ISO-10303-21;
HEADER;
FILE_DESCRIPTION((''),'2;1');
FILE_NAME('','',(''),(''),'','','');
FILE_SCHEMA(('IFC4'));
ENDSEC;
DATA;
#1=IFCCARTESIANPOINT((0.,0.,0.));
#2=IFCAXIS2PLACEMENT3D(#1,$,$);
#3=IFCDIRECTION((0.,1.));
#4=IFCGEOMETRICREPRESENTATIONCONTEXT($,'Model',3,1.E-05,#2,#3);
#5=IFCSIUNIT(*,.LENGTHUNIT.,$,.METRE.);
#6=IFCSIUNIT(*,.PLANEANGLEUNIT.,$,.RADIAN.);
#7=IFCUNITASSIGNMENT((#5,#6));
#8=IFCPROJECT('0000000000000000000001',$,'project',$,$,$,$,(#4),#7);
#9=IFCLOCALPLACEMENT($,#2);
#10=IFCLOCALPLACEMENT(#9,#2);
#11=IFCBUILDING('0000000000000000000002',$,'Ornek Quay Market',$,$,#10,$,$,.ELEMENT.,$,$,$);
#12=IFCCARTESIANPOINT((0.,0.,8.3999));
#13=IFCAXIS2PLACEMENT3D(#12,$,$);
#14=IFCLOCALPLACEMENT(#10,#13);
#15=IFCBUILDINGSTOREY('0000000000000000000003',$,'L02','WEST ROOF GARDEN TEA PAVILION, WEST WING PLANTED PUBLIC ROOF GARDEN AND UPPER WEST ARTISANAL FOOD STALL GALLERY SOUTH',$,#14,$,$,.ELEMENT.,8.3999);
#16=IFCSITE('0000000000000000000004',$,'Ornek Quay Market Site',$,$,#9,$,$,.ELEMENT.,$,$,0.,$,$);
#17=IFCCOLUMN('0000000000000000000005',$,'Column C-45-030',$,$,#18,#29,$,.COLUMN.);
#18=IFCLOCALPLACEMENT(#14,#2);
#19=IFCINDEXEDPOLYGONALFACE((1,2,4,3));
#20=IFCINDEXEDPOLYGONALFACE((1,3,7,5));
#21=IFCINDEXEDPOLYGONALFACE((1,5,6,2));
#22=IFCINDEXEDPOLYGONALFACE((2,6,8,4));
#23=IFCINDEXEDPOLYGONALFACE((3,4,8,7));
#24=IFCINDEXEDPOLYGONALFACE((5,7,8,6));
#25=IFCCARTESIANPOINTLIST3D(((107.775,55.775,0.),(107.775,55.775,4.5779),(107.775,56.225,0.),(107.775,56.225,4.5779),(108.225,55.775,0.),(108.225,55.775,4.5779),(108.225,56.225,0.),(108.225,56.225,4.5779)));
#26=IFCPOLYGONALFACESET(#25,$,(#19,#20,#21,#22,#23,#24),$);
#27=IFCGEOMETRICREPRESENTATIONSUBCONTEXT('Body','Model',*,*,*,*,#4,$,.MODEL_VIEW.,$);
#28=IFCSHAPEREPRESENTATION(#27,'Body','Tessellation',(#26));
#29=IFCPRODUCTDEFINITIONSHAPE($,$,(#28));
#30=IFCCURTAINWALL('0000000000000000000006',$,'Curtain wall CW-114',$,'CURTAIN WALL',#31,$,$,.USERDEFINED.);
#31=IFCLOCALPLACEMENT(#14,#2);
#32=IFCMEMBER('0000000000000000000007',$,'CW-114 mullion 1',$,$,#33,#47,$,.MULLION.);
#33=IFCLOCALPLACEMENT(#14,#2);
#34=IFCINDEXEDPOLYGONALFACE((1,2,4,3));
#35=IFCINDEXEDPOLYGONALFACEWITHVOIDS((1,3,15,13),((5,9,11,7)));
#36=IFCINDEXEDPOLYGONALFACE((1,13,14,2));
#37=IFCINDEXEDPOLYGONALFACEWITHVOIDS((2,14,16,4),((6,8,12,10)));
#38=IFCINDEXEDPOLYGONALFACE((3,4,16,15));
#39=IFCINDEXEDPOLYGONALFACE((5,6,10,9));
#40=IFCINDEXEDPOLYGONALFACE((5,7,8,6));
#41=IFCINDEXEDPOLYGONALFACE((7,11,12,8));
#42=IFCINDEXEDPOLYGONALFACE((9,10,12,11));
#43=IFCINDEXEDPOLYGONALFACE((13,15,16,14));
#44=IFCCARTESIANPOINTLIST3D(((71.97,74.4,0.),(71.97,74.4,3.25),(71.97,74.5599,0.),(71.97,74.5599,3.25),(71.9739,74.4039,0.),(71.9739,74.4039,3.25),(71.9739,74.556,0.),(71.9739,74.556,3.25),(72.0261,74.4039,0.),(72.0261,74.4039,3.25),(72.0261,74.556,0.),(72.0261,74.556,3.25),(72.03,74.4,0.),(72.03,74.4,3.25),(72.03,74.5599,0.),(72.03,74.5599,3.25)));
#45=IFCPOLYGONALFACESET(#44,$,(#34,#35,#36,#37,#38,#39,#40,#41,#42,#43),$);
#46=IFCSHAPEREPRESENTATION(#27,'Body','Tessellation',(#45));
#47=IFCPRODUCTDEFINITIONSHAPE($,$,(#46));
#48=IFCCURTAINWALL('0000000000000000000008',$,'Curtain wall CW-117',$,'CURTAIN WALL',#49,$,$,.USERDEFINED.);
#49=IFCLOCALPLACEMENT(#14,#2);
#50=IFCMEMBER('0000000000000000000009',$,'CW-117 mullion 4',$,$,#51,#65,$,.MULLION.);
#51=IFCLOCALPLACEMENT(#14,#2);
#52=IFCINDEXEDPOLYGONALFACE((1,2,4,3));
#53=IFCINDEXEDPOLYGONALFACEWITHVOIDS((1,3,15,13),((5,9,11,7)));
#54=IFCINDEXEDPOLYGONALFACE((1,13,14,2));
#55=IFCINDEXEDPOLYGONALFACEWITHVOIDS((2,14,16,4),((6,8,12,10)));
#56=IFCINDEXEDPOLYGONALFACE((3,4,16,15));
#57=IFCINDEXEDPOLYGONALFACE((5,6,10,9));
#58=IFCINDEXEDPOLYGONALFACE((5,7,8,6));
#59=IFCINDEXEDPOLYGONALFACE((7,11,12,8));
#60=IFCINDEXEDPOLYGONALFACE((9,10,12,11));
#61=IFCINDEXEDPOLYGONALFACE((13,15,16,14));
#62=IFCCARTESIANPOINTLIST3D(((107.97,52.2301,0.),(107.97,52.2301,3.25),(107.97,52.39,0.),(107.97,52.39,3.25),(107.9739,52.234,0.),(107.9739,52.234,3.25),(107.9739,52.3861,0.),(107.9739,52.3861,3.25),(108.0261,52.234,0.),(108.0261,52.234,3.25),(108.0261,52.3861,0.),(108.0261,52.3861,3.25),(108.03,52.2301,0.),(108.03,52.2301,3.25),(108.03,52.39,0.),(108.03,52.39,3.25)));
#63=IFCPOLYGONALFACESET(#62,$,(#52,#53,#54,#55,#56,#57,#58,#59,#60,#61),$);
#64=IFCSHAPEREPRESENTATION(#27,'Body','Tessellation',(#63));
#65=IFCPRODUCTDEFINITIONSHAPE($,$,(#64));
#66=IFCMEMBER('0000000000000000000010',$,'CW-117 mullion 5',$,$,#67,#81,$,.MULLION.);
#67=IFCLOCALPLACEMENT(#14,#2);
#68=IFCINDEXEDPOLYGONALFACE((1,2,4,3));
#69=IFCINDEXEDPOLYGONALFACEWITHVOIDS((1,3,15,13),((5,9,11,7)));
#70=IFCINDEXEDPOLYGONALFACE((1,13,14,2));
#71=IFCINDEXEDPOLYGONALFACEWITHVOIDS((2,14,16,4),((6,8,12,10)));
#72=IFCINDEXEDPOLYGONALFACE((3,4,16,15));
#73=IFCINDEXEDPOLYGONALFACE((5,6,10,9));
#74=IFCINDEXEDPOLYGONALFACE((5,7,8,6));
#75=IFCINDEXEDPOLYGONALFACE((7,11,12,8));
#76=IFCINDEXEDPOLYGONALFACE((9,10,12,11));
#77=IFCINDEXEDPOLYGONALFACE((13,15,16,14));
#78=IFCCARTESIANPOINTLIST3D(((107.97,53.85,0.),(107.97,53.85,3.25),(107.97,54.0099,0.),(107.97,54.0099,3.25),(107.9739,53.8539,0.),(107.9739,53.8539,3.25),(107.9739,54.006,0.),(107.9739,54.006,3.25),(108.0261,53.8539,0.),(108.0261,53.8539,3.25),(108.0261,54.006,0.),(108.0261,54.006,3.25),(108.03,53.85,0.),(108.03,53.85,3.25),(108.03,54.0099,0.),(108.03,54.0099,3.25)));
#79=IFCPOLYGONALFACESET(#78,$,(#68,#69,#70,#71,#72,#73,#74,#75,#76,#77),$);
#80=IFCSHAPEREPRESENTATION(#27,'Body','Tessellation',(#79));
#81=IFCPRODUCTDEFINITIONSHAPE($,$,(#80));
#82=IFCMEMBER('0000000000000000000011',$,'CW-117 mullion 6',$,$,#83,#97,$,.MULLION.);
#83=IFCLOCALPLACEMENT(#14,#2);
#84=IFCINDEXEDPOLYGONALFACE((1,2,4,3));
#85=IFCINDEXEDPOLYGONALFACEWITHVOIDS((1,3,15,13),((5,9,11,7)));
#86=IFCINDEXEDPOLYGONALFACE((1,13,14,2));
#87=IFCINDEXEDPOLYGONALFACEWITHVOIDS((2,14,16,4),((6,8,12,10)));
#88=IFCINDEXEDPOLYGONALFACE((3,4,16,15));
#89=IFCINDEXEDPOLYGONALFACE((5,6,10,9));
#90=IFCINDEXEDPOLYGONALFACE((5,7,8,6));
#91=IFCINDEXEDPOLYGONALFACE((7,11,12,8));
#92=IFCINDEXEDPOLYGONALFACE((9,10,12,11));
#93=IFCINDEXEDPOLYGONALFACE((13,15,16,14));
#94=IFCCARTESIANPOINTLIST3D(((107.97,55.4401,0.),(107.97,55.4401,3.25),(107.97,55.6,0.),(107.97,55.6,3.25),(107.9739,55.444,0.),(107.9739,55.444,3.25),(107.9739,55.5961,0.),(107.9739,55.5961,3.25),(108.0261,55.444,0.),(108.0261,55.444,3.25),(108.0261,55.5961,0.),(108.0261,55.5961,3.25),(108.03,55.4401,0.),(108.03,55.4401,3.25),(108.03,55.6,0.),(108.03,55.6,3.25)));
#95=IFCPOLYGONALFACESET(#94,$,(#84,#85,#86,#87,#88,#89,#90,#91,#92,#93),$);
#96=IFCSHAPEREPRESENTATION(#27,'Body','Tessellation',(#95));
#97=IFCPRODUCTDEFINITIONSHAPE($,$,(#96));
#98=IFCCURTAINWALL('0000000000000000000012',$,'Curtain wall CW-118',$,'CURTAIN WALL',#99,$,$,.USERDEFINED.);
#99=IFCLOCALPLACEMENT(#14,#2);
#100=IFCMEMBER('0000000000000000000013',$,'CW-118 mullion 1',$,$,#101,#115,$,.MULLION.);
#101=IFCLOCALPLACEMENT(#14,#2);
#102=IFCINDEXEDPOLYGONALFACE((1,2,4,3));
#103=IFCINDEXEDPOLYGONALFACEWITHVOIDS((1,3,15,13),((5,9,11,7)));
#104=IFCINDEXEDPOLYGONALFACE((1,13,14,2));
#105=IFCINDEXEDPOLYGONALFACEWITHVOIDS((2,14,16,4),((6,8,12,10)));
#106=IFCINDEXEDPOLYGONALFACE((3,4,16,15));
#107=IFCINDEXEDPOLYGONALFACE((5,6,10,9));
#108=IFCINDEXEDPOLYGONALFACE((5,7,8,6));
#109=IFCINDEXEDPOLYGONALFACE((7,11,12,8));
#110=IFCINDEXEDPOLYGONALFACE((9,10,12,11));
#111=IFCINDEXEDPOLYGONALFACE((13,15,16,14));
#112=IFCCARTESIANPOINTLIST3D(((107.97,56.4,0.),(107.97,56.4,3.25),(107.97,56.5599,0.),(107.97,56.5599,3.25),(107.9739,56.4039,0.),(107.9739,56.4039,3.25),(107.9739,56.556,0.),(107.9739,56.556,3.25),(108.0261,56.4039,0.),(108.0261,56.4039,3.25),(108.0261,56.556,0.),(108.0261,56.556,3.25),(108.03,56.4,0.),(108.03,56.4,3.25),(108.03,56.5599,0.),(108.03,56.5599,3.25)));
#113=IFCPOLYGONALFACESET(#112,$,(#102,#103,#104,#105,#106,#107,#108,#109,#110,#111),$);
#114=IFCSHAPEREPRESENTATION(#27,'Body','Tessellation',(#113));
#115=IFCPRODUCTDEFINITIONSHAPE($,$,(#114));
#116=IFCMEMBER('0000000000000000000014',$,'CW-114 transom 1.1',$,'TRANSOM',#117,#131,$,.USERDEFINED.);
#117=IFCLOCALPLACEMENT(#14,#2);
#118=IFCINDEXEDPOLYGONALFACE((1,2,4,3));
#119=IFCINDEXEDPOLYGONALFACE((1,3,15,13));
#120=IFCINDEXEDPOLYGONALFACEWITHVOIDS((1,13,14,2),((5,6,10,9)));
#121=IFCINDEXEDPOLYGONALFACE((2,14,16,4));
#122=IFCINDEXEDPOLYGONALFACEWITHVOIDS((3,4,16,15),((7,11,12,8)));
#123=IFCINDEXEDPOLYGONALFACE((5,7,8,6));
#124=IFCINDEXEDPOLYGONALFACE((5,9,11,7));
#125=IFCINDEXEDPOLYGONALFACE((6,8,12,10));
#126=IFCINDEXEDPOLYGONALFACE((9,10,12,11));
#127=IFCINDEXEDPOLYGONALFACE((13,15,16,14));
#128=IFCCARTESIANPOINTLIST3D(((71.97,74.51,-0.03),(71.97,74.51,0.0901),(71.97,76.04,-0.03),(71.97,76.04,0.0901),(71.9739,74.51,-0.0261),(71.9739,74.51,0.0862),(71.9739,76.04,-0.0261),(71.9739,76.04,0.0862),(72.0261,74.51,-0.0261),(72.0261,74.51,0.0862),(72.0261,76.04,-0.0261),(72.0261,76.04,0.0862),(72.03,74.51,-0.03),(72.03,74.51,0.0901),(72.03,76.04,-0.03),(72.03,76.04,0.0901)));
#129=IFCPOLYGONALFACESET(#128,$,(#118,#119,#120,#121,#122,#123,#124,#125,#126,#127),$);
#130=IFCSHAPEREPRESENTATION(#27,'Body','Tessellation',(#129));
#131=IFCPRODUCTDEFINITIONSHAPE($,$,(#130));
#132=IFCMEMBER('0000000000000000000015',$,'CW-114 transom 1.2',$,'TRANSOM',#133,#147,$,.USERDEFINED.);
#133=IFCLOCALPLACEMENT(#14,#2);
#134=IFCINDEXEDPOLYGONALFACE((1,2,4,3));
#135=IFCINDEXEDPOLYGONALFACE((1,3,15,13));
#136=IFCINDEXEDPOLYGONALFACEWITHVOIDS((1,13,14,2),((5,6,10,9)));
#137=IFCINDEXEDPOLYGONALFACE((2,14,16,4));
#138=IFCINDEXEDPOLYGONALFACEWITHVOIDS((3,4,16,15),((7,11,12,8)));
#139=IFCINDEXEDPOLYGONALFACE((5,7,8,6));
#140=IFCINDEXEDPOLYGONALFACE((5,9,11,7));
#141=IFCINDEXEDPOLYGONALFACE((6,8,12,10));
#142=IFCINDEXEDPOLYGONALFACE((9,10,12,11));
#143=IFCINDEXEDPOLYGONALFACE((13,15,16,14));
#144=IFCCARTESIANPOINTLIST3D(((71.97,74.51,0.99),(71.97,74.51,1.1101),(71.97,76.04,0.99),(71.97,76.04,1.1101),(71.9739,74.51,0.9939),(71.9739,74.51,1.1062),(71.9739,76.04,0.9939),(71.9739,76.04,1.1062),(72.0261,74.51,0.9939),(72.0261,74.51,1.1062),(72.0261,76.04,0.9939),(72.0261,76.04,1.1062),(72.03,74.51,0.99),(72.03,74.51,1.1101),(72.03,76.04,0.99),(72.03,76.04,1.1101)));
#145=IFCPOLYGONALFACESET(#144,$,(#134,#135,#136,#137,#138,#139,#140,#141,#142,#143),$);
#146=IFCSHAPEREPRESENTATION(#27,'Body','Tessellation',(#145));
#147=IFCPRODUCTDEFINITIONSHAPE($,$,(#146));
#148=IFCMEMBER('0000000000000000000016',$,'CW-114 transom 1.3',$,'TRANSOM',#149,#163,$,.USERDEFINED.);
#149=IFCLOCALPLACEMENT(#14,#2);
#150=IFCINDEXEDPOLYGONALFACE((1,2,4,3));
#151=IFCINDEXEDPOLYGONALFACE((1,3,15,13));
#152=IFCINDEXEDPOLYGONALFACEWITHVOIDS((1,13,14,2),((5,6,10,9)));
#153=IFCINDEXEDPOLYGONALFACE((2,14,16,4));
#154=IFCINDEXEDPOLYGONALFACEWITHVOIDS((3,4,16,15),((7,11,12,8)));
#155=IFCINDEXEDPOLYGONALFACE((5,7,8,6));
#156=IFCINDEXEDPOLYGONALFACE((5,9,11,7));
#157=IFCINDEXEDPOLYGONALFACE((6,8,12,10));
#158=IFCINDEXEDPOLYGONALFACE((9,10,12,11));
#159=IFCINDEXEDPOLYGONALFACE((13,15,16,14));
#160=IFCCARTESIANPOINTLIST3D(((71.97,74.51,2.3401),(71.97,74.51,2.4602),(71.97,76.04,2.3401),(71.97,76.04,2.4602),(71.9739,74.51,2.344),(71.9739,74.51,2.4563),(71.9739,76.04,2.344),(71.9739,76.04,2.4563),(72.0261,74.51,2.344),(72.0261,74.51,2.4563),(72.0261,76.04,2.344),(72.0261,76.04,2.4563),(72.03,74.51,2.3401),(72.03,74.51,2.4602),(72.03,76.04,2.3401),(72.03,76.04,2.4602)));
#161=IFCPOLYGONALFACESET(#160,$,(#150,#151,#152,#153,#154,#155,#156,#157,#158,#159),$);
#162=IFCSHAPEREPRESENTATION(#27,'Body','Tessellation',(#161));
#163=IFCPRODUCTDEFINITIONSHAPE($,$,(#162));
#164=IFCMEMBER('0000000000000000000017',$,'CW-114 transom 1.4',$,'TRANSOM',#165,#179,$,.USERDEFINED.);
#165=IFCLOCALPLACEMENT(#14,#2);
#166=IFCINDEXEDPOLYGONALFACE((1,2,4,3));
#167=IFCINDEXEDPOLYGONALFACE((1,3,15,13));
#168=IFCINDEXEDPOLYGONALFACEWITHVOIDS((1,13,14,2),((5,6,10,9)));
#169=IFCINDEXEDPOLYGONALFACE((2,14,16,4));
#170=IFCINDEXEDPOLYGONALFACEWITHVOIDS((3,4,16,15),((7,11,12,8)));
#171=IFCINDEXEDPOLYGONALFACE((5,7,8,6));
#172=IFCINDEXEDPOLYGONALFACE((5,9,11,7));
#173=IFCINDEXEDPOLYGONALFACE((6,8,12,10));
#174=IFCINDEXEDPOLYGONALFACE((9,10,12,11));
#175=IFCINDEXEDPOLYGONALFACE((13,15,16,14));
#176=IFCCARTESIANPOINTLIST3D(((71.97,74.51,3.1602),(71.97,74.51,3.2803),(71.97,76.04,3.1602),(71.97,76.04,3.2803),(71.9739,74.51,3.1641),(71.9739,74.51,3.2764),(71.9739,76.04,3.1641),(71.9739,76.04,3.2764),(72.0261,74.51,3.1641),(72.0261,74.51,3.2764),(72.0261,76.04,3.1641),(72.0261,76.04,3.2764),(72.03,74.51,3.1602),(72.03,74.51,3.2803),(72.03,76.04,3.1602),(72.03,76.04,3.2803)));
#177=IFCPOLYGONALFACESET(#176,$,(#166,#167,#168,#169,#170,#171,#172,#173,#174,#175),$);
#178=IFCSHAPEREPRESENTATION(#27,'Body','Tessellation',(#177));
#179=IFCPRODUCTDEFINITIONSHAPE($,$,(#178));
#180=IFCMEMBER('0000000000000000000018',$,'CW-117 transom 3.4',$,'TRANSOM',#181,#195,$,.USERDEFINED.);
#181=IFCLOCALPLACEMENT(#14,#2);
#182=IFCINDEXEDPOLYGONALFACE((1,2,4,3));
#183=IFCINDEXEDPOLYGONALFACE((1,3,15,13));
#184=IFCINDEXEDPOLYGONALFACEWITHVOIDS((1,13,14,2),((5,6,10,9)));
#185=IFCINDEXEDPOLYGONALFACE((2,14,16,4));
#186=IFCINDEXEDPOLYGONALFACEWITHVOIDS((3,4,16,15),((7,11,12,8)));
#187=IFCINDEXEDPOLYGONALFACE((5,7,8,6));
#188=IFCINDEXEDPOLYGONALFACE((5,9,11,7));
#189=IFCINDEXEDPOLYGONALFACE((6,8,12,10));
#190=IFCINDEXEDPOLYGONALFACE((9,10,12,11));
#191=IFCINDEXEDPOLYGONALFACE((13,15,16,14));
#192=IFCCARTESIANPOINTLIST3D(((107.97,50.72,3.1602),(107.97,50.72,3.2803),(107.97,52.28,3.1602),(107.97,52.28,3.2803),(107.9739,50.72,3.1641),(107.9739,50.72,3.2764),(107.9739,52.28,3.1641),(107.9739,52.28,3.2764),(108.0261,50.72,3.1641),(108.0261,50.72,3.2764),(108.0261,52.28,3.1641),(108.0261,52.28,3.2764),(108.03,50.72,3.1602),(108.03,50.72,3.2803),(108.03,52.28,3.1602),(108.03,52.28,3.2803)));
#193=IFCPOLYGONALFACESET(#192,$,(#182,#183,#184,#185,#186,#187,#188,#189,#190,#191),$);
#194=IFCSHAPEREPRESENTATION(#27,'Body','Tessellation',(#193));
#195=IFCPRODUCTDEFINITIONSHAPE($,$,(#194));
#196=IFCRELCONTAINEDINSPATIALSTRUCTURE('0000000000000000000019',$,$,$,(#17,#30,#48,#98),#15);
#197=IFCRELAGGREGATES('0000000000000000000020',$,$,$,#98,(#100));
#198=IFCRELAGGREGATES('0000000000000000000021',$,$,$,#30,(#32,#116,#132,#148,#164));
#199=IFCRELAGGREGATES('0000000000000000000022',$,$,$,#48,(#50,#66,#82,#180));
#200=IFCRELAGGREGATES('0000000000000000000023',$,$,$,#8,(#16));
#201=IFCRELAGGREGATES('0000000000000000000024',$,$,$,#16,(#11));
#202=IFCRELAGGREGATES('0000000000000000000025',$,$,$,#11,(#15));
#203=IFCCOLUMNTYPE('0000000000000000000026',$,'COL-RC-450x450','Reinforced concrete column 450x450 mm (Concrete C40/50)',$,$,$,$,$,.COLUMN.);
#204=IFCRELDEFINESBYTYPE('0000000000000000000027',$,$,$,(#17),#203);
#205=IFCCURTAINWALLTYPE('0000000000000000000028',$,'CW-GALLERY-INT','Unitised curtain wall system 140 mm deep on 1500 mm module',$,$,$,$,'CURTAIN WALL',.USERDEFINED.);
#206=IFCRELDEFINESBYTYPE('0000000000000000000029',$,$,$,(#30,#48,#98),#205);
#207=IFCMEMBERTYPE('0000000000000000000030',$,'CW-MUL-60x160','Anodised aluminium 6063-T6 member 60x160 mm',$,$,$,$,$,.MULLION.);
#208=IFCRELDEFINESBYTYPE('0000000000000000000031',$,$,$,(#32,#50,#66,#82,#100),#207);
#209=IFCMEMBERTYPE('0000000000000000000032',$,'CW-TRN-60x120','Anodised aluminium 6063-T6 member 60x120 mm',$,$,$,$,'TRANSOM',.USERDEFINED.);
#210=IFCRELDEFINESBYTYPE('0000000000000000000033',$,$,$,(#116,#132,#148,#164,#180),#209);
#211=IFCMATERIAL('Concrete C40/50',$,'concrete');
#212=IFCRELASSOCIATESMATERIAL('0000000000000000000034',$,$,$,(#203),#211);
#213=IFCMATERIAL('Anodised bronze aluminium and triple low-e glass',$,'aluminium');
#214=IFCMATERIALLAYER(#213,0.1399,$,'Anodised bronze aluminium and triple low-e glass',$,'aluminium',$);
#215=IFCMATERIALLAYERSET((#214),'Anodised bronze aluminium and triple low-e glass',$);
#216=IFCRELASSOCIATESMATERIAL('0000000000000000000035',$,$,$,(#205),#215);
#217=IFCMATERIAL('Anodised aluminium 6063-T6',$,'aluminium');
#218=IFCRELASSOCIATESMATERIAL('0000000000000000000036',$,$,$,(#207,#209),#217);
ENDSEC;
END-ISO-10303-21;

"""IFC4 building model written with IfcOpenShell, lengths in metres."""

from ifc_helpers import new_model, si_unit, direction, frame, origin, origin_2d, place, context, subcontext, project, spatial, rectangle, hollow_rectangle, extrude, material, layer, layer_set, material_profile, profile_set, type_object, element, aggregate, save


model = new_model("IFC4")

# Units and contexts
model_context = context("Model", 3, precision=1e-05, world=origin(), true_north=direction((0.0, 1.0)))
body_context = subcontext(model_context, "Body", "Model", "MODEL_VIEW")
ifc_project = project(units=[si_unit("LENGTHUNIT", "METRE"), si_unit("PLANEANGLEUNIT", "RADIAN")], contexts=[model_context])

# Site, building, storey
site_placement = place(None, origin())
site = spatial("IfcSite", under=ifc_project, at=site_placement, Name="Ornek Quay Market Site", CompositionType="ELEMENT", RefElevation=0.0)
building_placement = place(site_placement, origin())
building = spatial("IfcBuilding", under=site, at=building_placement, Name="Ornek Quay Market", CompositionType="ELEMENT")
storey_placement = place(building_placement, frame((0.0, 0.0, 8.3999)))
storey = spatial("IfcBuildingStorey", under=building, at=storey_placement, Name="L02", Description="WEST ROOF GARDEN TEA PAVILION, WEST WING PLANTED PUBLIC ROOF GARDEN AND UPPER WEST ARTISANAL FOOD STALL GALLERY SOUTH", CompositionType="ELEMENT", Elevation=8.3999)

# Column
ifc_material_1 = material(Name="Concrete C40/50", Category="concrete")
ifc_material_profile_1 = material_profile(ifc_material_1, rectangle(XDim=0.45, YDim=0.45, at=origin_2d()), Name="RC 450x450", Category="concrete")
ifc_profile_set_1 = profile_set([ifc_material_profile_1], Name="Concrete C40/50")
column_type = type_object("IfcColumnType", Name="COL-RC-450x450", Description="Reinforced concrete column 450x450 mm (Concrete C40/50)", PredefinedType="COLUMN", material=ifc_profile_set_1)
column_placement = place(storey_placement, frame((108.0, 56.0, 0.0), z_axis=(0.0, 0.0, 1.0), x_axis=(1.0, 0.0, 0.0)))
element("IfcColumn", 1, at=column_placement, inside=storey, type_object=column_type, Name="Column C-45-030", PredefinedType="COLUMN", context=body_context, shape_type="SweptSolid", body=[
    extrude(rectangle(XDim=0.45, YDim=0.45, at=origin_2d()), origin(), (0.0, 0.0, 1.0), 4.5779),
])

# Curtain wall, member
ifc_material_2 = material(Name="Anodised bronze aluminium and triple low-e glass", Category="aluminium")
ifc_layer_1 = layer(ifc_material_2, 0.1399, Name="Anodised bronze aluminium and triple low-e glass", Category="aluminium")
ifc_layer_set_1 = layer_set([ifc_layer_1], Name="Anodised bronze aluminium and triple low-e glass")
curtain_wall_type = type_object("IfcCurtainWallType", Name="CW-GALLERY-INT", Description="Unitised curtain wall system 140 mm deep on 1500 mm module", ElementType="CURTAIN WALL", PredefinedType="USERDEFINED", material=ifc_layer_set_1)
curtain_wall_1_placement = place(storey_placement, origin())
curtain_wall_1 = element("IfcCurtainWall", 2, at=curtain_wall_1_placement, inside=storey, type_object=curtain_wall_type, Name="Curtain wall CW-114", ObjectType="CURTAIN WALL", PredefinedType="USERDEFINED")
ifc_material_3 = material(Name="Anodised aluminium 6063-T6", Category="aluminium")
ifc_material_profile_2 = material_profile(ifc_material_3, hollow_rectangle(XDim=0.0601, YDim=0.1599, WallThickness=0.0039, at=origin_2d()), Name="CW-MUL-60x160", Category="aluminium")
ifc_profile_set_2 = profile_set([ifc_material_profile_2], Name="Anodised aluminium 6063-T6")
member_type_1 = type_object("IfcMemberType", Name="CW-MUL-60x160", Description="Anodised aluminium 6063-T6 member 60x160 mm", PredefinedType="MULLION", material=ifc_profile_set_2)
member_1_placement = place(storey_placement, frame((72.0, 74.48, 0.0), z_axis=(0.0, 0.0, 1.0), x_axis=(-1.0, 0.0, 0.0)))
member_1 = element("IfcMember", 3, at=member_1_placement, type_object=member_type_1, Name="CW-114 mullion 1", PredefinedType="MULLION", context=body_context, shape_type="SweptSolid", body=[
    extrude(hollow_rectangle(XDim=0.0601, YDim=0.1599, WallThickness=0.0039, at=origin_2d()), origin(), (0.0, 0.0, 1.0), 3.25),
])

# Curtain wall, members
curtain_wall_2_placement = place(storey_placement, origin())
curtain_wall_2 = element("IfcCurtainWall", 4, at=curtain_wall_2_placement, inside=storey, type_object=curtain_wall_type, Name="Curtain wall CW-117", ObjectType="CURTAIN WALL", PredefinedType="USERDEFINED")
member_2_placement = place(storey_placement, frame((108.0, 52.3101, 0.0), z_axis=(0.0, 0.0, 1.0), x_axis=(-1.0, 0.0, 0.0)))
member_2 = element("IfcMember", 5, at=member_2_placement, type_object=member_type_1, Name="CW-117 mullion 4", PredefinedType="MULLION", context=body_context, shape_type="SweptSolid", body=[
    extrude(hollow_rectangle(XDim=0.0601, YDim=0.1599, WallThickness=0.0039, at=origin_2d()), origin(), (0.0, 0.0, 1.0), 3.25),
])
member_3_placement = place(storey_placement, frame((108.0, 53.9299, 0.0), z_axis=(0.0, 0.0, 1.0), x_axis=(-1.0, 0.0, 0.0)))
member_3 = element("IfcMember", 6, at=member_3_placement, type_object=member_type_1, Name="CW-117 mullion 5", PredefinedType="MULLION", context=body_context, shape_type="SweptSolid", body=[
    extrude(hollow_rectangle(XDim=0.0601, YDim=0.1599, WallThickness=0.0039, at=origin_2d()), origin(), (0.0, 0.0, 1.0), 3.25),
])
member_4_placement = place(storey_placement, frame((108.0, 55.52, 0.0), z_axis=(0.0, 0.0, 1.0), x_axis=(-1.0, 0.0, 0.0)))
member_4 = element("IfcMember", 7, at=member_4_placement, type_object=member_type_1, Name="CW-117 mullion 6", PredefinedType="MULLION", context=body_context, shape_type="SweptSolid", body=[
    extrude(hollow_rectangle(XDim=0.0601, YDim=0.1599, WallThickness=0.0039, at=origin_2d()), origin(), (0.0, 0.0, 1.0), 3.25),
])

# Curtain wall, member
curtain_wall_3_placement = place(storey_placement, origin())
curtain_wall_3 = element("IfcCurtainWall", 8, at=curtain_wall_3_placement, inside=storey, type_object=curtain_wall_type, Name="Curtain wall CW-118", ObjectType="CURTAIN WALL", PredefinedType="USERDEFINED")
member_5_placement = place(storey_placement, frame((108.0, 56.48, 0.0), z_axis=(0.0, 0.0, 1.0), x_axis=(-1.0, 0.0, 0.0)))
member_5 = element("IfcMember", 9, at=member_5_placement, type_object=member_type_1, Name="CW-118 mullion 1", PredefinedType="MULLION", context=body_context, shape_type="SweptSolid", body=[
    extrude(hollow_rectangle(XDim=0.0601, YDim=0.1599, WallThickness=0.0039, at=origin_2d()), origin(), (0.0, 0.0, 1.0), 3.25),
])

# Members
ifc_material_profile_3 = material_profile(ifc_material_3, hollow_rectangle(XDim=0.0601, YDim=0.1201, WallThickness=0.0039, at=origin_2d()), Name="CW-TRN-60x120", Category="aluminium")
ifc_profile_set_3 = profile_set([ifc_material_profile_3], Name="Anodised aluminium 6063-T6")
member_type_2 = type_object("IfcMemberType", Name="CW-TRN-60x120", Description="Anodised aluminium 6063-T6 member 60x120 mm", ElementType="TRANSOM", PredefinedType="USERDEFINED", material=ifc_profile_set_3)
member_6_placement = place(storey_placement, frame((72.0, 74.51, 0.03), z_axis=(0.0, 1.0, 0.0), x_axis=(-1.0, 0.0, 0.0)))
member_6 = element("IfcMember", 10, at=member_6_placement, type_object=member_type_2, Name="CW-114 transom 1.1", ObjectType="TRANSOM", PredefinedType="USERDEFINED", context=body_context, shape_type="SweptSolid", body=[
    extrude(hollow_rectangle(XDim=0.0601, YDim=0.1201, WallThickness=0.0039, at=origin_2d()), origin(), (0.0, 0.0, 1.0), 1.53),
])
member_7_placement = place(storey_placement, frame((72.0, 74.51, 1.05), z_axis=(0.0, 1.0, 0.0), x_axis=(-1.0, 0.0, 0.0)))
member_7 = element("IfcMember", 11, at=member_7_placement, type_object=member_type_2, Name="CW-114 transom 1.2", ObjectType="TRANSOM", PredefinedType="USERDEFINED", context=body_context, shape_type="SweptSolid", body=[
    extrude(hollow_rectangle(XDim=0.0601, YDim=0.1201, WallThickness=0.0039, at=origin_2d()), origin(), (0.0, 0.0, 1.0), 1.53),
])
member_8_placement = place(storey_placement, frame((72.0, 74.51, 2.4001), z_axis=(0.0, 1.0, 0.0), x_axis=(-1.0, 0.0, 0.0)))
member_8 = element("IfcMember", 12, at=member_8_placement, type_object=member_type_2, Name="CW-114 transom 1.3", ObjectType="TRANSOM", PredefinedType="USERDEFINED", context=body_context, shape_type="SweptSolid", body=[
    extrude(hollow_rectangle(XDim=0.0601, YDim=0.1201, WallThickness=0.0039, at=origin_2d()), origin(), (0.0, 0.0, 1.0), 1.53),
])
member_9_placement = place(storey_placement, frame((72.0, 74.51, 3.2202), z_axis=(0.0, 1.0, 0.0), x_axis=(-1.0, 0.0, 0.0)))
member_9 = element("IfcMember", 13, at=member_9_placement, type_object=member_type_2, Name="CW-114 transom 1.4", ObjectType="TRANSOM", PredefinedType="USERDEFINED", context=body_context, shape_type="SweptSolid", body=[
    extrude(hollow_rectangle(XDim=0.0601, YDim=0.1201, WallThickness=0.0039, at=origin_2d()), origin(), (0.0, 0.0, 1.0), 1.53),
])
member_10_placement = place(storey_placement, frame((108.0, 50.72, 3.2202), z_axis=(0.0, 1.0, 0.0), x_axis=(-1.0, 0.0, 0.0)))
member_10 = element("IfcMember", 14, at=member_10_placement, type_object=member_type_2, Name="CW-117 transom 3.4", ObjectType="TRANSOM", PredefinedType="USERDEFINED", context=body_context, shape_type="SweptSolid", body=[
    extrude(hollow_rectangle(XDim=0.0601, YDim=0.1201, WallThickness=0.0039, at=origin_2d()), origin(), (0.0, 0.0, 1.0), 1.5601),
])
aggregate(curtain_wall_3, [member_5])

aggregate(curtain_wall_1, [member_1, member_6, member_7, member_8, member_9])
aggregate(curtain_wall_2, [member_2, member_3, member_4, member_10])

save(model, "model.ifc")
